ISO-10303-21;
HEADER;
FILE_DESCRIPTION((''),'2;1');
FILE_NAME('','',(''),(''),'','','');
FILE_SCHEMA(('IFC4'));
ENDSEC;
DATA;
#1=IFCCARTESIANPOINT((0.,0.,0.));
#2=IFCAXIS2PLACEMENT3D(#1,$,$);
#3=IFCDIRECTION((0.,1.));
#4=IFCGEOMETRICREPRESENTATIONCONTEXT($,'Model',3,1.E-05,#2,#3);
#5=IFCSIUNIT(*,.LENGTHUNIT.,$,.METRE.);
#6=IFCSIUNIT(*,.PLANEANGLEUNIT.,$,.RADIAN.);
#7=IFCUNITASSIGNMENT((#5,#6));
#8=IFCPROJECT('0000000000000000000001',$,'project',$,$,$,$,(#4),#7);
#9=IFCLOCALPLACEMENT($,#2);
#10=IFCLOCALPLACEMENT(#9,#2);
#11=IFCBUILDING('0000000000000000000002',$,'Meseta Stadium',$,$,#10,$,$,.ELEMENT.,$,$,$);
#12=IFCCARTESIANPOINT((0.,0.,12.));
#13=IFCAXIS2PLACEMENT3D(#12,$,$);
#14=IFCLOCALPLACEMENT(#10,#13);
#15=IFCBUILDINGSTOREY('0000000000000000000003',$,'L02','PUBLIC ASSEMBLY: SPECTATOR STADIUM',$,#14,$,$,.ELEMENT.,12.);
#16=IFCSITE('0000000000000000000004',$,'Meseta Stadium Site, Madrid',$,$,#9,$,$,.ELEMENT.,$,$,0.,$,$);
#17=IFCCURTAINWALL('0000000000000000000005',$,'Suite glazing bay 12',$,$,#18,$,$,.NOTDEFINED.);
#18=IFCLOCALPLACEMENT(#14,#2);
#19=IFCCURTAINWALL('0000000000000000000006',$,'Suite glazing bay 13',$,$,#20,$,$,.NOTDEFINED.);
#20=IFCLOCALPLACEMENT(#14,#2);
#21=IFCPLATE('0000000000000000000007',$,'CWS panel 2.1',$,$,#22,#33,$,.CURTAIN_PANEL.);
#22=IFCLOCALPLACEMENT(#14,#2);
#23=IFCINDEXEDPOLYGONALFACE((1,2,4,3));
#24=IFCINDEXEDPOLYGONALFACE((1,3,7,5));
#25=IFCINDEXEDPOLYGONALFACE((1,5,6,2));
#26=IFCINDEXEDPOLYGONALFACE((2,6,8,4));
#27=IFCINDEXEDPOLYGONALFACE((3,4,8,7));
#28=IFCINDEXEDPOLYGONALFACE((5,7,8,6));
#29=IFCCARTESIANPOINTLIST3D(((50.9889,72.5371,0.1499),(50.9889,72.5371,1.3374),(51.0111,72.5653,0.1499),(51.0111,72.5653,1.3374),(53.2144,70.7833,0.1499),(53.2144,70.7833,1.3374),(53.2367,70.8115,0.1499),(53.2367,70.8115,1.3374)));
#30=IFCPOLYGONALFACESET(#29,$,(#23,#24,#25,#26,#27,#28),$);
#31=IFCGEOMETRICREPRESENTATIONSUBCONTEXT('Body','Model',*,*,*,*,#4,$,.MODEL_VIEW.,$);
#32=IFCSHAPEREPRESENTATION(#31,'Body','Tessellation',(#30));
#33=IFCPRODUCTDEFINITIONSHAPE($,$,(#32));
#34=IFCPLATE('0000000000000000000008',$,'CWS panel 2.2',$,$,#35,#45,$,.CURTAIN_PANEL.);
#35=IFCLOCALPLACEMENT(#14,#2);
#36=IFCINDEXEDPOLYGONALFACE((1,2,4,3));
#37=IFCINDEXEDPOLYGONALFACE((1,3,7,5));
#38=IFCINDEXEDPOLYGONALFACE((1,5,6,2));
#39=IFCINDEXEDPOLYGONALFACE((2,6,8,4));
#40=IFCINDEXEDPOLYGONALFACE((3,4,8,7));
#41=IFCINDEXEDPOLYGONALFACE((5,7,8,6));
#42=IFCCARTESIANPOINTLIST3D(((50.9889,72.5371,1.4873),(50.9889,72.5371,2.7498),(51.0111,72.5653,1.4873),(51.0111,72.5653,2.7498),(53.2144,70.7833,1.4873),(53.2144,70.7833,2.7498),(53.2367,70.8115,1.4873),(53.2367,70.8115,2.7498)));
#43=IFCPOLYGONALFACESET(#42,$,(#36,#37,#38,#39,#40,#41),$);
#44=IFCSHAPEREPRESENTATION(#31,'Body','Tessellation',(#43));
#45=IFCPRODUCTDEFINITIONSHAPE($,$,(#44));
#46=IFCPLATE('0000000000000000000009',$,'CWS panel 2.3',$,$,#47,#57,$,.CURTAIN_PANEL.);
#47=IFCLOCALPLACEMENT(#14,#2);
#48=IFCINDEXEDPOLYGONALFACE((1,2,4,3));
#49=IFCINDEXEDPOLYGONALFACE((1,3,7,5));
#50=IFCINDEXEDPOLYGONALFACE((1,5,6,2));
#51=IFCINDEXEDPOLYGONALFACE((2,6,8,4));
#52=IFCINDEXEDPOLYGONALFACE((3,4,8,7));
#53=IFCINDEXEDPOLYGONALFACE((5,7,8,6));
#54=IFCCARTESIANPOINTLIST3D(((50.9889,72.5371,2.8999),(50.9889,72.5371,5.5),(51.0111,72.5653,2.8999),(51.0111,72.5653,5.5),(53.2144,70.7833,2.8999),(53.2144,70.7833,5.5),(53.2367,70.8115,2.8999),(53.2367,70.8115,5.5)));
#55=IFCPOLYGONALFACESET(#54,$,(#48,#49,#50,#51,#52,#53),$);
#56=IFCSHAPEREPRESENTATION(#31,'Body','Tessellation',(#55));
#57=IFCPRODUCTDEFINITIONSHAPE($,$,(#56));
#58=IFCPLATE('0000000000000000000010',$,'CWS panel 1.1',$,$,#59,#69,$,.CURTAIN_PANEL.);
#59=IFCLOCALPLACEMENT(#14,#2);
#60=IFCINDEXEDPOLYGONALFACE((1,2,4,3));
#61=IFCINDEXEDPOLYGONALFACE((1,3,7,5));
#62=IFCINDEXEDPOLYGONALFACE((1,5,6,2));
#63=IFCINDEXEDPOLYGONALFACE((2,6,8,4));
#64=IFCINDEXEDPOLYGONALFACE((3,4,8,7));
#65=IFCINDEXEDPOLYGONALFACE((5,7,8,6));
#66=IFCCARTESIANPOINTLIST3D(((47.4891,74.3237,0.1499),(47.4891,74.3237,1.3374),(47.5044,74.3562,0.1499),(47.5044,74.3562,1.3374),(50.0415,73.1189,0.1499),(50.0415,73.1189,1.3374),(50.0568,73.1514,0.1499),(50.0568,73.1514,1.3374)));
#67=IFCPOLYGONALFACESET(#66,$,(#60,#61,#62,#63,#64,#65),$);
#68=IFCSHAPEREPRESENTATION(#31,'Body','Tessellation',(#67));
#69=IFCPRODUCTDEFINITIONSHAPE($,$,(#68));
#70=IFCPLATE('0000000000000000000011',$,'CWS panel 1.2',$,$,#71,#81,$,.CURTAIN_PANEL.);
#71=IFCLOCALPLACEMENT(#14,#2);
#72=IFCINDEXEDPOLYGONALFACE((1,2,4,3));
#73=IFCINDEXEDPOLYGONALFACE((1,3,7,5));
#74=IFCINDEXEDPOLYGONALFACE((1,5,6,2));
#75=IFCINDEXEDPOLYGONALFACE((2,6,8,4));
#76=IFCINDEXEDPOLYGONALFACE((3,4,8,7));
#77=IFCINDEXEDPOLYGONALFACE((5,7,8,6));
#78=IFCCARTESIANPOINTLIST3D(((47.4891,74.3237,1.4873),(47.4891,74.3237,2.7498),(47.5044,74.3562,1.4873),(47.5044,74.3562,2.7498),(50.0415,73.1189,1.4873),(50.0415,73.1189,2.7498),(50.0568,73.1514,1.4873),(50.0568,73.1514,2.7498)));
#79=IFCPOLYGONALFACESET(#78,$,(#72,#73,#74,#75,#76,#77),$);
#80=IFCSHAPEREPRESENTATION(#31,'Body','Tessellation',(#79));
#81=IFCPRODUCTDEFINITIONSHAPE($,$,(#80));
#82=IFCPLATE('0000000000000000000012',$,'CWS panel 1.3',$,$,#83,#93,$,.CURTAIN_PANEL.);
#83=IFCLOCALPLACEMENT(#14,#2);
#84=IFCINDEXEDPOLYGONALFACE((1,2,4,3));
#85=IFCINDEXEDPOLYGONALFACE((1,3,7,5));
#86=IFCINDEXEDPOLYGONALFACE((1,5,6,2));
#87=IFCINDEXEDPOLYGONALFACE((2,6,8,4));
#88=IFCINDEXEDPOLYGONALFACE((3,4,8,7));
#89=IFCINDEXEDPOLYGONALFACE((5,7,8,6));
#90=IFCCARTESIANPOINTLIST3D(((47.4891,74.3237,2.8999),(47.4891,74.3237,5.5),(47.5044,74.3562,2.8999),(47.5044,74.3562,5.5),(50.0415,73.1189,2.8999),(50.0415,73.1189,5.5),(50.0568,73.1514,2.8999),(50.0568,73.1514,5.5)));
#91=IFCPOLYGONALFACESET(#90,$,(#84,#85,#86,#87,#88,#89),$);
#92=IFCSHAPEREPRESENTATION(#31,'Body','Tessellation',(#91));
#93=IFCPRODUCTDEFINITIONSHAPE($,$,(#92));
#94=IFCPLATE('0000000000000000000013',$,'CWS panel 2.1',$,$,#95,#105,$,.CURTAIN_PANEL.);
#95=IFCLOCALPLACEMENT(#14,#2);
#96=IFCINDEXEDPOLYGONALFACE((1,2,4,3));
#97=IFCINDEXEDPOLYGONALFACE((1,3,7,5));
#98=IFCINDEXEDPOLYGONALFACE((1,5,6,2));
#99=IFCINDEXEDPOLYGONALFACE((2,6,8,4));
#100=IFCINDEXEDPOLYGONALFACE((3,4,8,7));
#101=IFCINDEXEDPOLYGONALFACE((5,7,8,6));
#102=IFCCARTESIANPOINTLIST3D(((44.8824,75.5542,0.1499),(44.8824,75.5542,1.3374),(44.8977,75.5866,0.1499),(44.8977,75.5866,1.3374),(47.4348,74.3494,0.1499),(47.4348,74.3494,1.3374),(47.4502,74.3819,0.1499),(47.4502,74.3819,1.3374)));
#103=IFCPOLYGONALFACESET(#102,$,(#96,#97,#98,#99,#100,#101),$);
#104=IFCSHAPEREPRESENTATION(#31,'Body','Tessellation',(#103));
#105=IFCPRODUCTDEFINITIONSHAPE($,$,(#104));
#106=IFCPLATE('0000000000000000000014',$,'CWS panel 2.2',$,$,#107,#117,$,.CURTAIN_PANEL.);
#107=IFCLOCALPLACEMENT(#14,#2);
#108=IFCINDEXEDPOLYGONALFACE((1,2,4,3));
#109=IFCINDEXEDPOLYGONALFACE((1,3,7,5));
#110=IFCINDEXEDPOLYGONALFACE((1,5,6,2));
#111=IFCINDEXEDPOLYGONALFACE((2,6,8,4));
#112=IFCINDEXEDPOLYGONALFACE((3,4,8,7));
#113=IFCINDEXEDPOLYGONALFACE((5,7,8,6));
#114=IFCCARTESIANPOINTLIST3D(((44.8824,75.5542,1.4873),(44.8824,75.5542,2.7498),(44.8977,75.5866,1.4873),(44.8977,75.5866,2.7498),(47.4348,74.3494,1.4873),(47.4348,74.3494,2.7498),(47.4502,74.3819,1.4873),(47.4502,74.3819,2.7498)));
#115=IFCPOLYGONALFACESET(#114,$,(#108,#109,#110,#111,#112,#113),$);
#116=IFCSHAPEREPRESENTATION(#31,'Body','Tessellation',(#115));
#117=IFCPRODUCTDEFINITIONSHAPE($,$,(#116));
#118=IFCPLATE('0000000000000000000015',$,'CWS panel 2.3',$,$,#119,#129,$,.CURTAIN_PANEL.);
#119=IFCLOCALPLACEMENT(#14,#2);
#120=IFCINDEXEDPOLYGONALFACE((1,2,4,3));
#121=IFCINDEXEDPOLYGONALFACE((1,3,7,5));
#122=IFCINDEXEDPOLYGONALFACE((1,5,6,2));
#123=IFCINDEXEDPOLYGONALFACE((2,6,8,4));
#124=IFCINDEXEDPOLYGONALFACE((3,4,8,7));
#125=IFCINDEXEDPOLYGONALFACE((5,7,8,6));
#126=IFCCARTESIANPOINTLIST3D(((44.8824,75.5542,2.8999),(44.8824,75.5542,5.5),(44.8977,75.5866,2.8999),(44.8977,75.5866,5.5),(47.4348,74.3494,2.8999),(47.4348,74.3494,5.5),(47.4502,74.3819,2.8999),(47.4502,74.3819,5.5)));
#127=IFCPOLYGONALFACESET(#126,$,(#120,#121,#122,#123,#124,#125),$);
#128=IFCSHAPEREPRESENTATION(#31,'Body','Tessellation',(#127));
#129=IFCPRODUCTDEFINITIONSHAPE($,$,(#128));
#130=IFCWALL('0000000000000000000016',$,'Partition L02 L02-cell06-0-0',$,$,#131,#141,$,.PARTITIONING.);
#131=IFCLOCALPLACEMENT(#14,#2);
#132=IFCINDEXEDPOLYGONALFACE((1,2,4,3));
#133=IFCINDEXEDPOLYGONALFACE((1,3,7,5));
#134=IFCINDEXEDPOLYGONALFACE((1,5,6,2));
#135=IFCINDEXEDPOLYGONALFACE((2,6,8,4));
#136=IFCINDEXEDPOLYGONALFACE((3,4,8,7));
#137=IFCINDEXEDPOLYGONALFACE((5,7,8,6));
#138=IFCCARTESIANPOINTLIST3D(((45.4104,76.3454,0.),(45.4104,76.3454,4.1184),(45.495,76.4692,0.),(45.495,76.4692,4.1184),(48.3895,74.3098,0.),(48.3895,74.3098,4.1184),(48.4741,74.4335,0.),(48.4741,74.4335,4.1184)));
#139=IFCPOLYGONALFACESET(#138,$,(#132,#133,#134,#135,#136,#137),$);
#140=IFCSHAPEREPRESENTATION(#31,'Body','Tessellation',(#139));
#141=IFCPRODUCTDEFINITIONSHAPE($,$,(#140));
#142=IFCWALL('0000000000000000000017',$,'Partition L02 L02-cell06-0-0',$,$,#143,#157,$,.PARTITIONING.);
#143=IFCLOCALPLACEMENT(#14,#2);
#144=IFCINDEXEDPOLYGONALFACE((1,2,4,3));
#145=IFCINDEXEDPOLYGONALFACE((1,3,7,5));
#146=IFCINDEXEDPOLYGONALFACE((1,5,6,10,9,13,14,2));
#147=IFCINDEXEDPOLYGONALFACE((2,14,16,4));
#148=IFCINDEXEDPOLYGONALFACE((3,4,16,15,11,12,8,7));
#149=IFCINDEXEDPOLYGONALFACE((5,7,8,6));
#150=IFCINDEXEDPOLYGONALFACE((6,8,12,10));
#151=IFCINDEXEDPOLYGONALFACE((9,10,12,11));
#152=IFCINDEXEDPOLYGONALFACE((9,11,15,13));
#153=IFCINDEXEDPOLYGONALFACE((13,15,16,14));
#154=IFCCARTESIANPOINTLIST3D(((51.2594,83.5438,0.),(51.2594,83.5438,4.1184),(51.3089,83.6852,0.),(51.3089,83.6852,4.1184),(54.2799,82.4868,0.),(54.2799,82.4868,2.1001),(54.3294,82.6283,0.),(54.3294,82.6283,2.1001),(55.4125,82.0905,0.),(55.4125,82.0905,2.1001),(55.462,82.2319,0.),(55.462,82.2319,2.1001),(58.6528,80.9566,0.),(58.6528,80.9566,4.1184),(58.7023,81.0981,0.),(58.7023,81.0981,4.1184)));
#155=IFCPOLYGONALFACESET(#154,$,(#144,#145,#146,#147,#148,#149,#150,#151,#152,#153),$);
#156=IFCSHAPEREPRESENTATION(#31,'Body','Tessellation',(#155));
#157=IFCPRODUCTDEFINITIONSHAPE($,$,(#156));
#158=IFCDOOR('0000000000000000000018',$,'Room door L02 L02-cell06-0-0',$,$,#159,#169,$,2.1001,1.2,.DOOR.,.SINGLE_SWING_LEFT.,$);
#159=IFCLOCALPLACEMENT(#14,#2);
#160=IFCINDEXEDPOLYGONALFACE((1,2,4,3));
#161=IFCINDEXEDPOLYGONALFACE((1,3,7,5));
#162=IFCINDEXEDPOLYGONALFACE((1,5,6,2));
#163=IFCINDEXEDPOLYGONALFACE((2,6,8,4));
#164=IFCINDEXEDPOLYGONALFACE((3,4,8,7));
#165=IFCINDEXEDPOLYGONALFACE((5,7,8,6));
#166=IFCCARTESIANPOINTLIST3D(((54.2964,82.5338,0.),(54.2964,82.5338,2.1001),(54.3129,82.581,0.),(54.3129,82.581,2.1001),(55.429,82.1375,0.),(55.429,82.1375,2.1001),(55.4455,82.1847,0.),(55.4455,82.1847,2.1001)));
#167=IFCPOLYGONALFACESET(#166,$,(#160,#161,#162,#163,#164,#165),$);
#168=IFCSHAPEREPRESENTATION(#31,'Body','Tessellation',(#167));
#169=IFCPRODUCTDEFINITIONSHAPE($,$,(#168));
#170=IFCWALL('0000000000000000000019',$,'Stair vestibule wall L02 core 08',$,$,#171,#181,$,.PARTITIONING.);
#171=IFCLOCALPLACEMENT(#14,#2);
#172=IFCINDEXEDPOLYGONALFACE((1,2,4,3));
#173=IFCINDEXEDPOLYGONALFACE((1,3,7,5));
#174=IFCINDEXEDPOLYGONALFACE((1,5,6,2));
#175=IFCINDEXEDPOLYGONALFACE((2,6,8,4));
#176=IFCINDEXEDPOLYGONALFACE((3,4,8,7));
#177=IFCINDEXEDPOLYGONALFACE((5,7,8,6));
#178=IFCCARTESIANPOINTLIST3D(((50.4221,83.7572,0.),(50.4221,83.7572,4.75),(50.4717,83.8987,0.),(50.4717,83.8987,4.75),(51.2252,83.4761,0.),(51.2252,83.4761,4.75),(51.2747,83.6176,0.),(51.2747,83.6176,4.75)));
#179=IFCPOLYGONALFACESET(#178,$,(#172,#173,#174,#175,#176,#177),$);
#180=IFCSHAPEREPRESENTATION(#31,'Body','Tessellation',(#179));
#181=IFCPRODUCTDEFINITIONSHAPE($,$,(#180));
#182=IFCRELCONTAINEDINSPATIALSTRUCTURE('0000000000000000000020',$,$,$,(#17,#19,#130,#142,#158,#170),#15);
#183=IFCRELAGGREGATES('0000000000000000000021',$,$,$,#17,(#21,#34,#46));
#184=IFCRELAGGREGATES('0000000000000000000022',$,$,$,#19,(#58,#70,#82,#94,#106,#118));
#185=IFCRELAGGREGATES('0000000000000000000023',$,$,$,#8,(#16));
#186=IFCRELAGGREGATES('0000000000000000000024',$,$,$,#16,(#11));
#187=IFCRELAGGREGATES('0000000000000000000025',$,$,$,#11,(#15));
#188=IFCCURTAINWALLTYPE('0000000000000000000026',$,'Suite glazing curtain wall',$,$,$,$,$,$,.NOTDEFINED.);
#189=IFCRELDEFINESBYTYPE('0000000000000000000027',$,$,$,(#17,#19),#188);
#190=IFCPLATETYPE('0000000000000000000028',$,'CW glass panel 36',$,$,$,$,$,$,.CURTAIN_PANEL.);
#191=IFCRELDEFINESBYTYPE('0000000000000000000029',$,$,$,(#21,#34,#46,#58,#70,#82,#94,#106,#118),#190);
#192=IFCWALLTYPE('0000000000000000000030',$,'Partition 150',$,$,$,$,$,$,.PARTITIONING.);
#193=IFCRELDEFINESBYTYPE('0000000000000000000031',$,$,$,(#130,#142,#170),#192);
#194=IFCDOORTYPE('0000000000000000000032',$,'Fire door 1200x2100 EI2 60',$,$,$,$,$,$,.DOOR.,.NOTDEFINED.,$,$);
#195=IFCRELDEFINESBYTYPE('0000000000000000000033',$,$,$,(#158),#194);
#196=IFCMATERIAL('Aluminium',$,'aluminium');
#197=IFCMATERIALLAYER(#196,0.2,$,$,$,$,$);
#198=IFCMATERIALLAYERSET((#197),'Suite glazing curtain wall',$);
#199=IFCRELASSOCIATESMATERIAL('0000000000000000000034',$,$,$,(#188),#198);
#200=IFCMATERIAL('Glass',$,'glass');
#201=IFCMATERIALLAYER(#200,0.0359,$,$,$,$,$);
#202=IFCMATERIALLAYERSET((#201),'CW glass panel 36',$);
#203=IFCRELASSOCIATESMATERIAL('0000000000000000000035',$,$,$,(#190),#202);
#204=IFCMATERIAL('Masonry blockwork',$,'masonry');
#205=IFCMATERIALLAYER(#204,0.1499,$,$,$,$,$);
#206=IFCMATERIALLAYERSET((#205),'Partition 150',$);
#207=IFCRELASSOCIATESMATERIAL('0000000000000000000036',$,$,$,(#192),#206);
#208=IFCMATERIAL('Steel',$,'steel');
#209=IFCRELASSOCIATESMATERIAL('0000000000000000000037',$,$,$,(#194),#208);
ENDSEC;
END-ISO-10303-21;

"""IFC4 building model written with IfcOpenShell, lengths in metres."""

from ifc_helpers import new_model, si_unit, direction, frame, frame_2d, origin, origin_2d, place, context, subcontext, project, spatial, rectangle, extrude, material, layer, layer_set, type_object, element, fill, aggregate, save


model = new_model("IFC4")

# Units and contexts
model_context = context("Model", 3, precision=1e-05, world=origin(), true_north=direction((0.0, 1.0)))
body_context = subcontext(model_context, "Body", "Model", "MODEL_VIEW")
ifc_project = project(units=[si_unit("LENGTHUNIT", "METRE"), si_unit("PLANEANGLEUNIT", "RADIAN")], contexts=[model_context])

# Site, building, storey
site_placement = place(None, origin())
site = spatial("IfcSite", under=ifc_project, at=site_placement, Name="Meseta Stadium Site, Madrid", CompositionType="ELEMENT", RefElevation=0.0)
building_placement = place(site_placement, origin())
building = spatial("IfcBuilding", under=site, at=building_placement, Name="Meseta Stadium", CompositionType="ELEMENT")
storey_placement = place(building_placement, frame((0.0, 0.0, 12.0)))
storey = spatial("IfcBuildingStorey", under=building, at=storey_placement, Name="L02", Description="PUBLIC ASSEMBLY: SPECTATOR STADIUM", CompositionType="ELEMENT", Elevation=12.0)

# Curtain wall
ifc_material_1 = material(Name="Aluminium", Category="aluminium")
ifc_layer_1 = layer(ifc_material_1, 0.2)
ifc_layer_set_1 = layer_set([ifc_layer_1], Name="Suite glazing curtain wall")
curtain_wall_type = type_object("IfcCurtainWallType", Name="Suite glazing curtain wall", PredefinedType="NOTDEFINED", material=ifc_layer_set_1)
curtain_wall_1_placement = place(storey_placement, origin())
curtain_wall_1 = element("IfcCurtainWall", 1, at=curtain_wall_1_placement, inside=storey, type_object=curtain_wall_type, Name="Suite glazing bay 12", PredefinedType="NOTDEFINED")

# Curtain wall
curtain_wall_2_placement = place(storey_placement, origin())
curtain_wall_2 = element("IfcCurtainWall", 2, at=curtain_wall_2_placement, inside=storey, type_object=curtain_wall_type, Name="Suite glazing bay 13", PredefinedType="NOTDEFINED")

# Plates
ifc_material_2 = material(Name="Glass", Category="glass")
ifc_layer_2 = layer(ifc_material_2, 0.0359)
ifc_layer_set_2 = layer_set([ifc_layer_2], Name="CW glass panel 36")
plate_type = type_object("IfcPlateType", Name="CW glass panel 36", PredefinedType="CURTAIN_PANEL", material=ifc_layer_set_2)
plate_1_placement = place(storey_placement, frame((52.1128, 71.6743, 0.1499), z_axis=(0.0, 0.0, 1.0), x_axis=(-0.785435, 0.618944, 0.0)))
plate_1 = element("IfcPlate", 3, at=plate_1_placement, type_object=plate_type, Name="CWS panel 2.1", PredefinedType="CURTAIN_PANEL", context=body_context, shape_type="SweptSolid", body=[
    extrude(rectangle(XDim=2.8335, YDim=0.0359, at=origin_2d()), origin(), (0.0, 0.0, 1.0), 1.1875),
])
plate_2_placement = place(storey_placement, frame((52.1128, 71.6743, 1.4873), z_axis=(0.0, 0.0, 1.0), x_axis=(-0.785435, 0.618944, 0.0)))
plate_2 = element("IfcPlate", 4, at=plate_2_placement, type_object=plate_type, Name="CWS panel 2.2", PredefinedType="CURTAIN_PANEL", context=body_context, shape_type="SweptSolid", body=[
    extrude(rectangle(XDim=2.8335, YDim=0.0359, at=origin_2d()), origin(), (0.0, 0.0, 1.0), 1.2625),
])
plate_3_placement = place(storey_placement, frame((52.1128, 71.6743, 2.8999), z_axis=(0.0, 0.0, 1.0), x_axis=(-0.785435, 0.618944, 0.0)))
plate_3 = element("IfcPlate", 5, at=plate_3_placement, type_object=plate_type, Name="CWS panel 2.3", PredefinedType="CURTAIN_PANEL", context=body_context, shape_type="SweptSolid", body=[
    extrude(rectangle(XDim=2.8335, YDim=0.0359, at=origin_2d()), origin(), (0.0, 0.0, 1.0), 2.6001),
])
aggregate(curtain_wall_1, [plate_1, plate_2, plate_3])
plate_4_placement = place(storey_placement, frame((48.7729, 73.7375, 0.1499), z_axis=(0.0, 0.0, 1.0), x_axis=(-0.904328, 0.426837, 0.0)))
plate_4 = element("IfcPlate", 6, at=plate_4_placement, type_object=plate_type, Name="CWS panel 1.1", PredefinedType="CURTAIN_PANEL", context=body_context, shape_type="SweptSolid", body=[
    extrude(rectangle(XDim=2.8225, YDim=0.0359, at=origin_2d()), origin(), (0.0, 0.0, 1.0), 1.1875),
])
plate_5_placement = place(storey_placement, frame((48.7729, 73.7375, 1.4873), z_axis=(0.0, 0.0, 1.0), x_axis=(-0.904328, 0.426837, 0.0)))
plate_5 = element("IfcPlate", 7, at=plate_5_placement, type_object=plate_type, Name="CWS panel 1.2", PredefinedType="CURTAIN_PANEL", context=body_context, shape_type="SweptSolid", body=[
    extrude(rectangle(XDim=2.8225, YDim=0.0359, at=origin_2d()), origin(), (0.0, 0.0, 1.0), 1.2625),
])
plate_6_placement = place(storey_placement, frame((48.7729, 73.7375, 2.8999), z_axis=(0.0, 0.0, 1.0), x_axis=(-0.904328, 0.426837, 0.0)))
plate_6 = element("IfcPlate", 8, at=plate_6_placement, type_object=plate_type, Name="CWS panel 1.3", PredefinedType="CURTAIN_PANEL", context=body_context, shape_type="SweptSolid", body=[
    extrude(rectangle(XDim=2.8225, YDim=0.0359, at=origin_2d()), origin(), (0.0, 0.0, 1.0), 2.6001),
])
plate_7_placement = place(storey_placement, frame((46.1663, 74.968, 0.1499), z_axis=(0.0, 0.0, 1.0), x_axis=(-0.904328, 0.426837, 0.0)))
plate_7 = element("IfcPlate", 9, at=plate_7_placement, type_object=plate_type, Name="CWS panel 2.1", PredefinedType="CURTAIN_PANEL", context=body_context, shape_type="SweptSolid", body=[
    extrude(rectangle(XDim=2.8225, YDim=0.0359, at=origin_2d()), origin(), (0.0, 0.0, 1.0), 1.1875),
])
plate_8_placement = place(storey_placement, frame((46.1663, 74.968, 1.4873), z_axis=(0.0, 0.0, 1.0), x_axis=(-0.904328, 0.426837, 0.0)))
plate_8 = element("IfcPlate", 10, at=plate_8_placement, type_object=plate_type, Name="CWS panel 2.2", PredefinedType="CURTAIN_PANEL", context=body_context, shape_type="SweptSolid", body=[
    extrude(rectangle(XDim=2.8225, YDim=0.0359, at=origin_2d()), origin(), (0.0, 0.0, 1.0), 1.2625),
])
plate_9_placement = place(storey_placement, frame((46.1663, 74.968, 2.8999), z_axis=(0.0, 0.0, 1.0), x_axis=(-0.904328, 0.426837, 0.0)))
plate_9 = element("IfcPlate", 11, at=plate_9_placement, type_object=plate_type, Name="CWS panel 2.3", PredefinedType="CURTAIN_PANEL", context=body_context, shape_type="SweptSolid", body=[
    extrude(rectangle(XDim=2.8225, YDim=0.0359, at=origin_2d()), origin(), (0.0, 0.0, 1.0), 2.6001),
])
aggregate(curtain_wall_2, [plate_4, plate_5, plate_6, plate_7, plate_8, plate_9])

# Wall
ifc_material_3 = material(Name="Masonry blockwork", Category="masonry")
ifc_layer_3 = layer(ifc_material_3, 0.1499)
ifc_layer_set_3 = layer_set([ifc_layer_3], Name="Partition 150")
wall_type = type_object("IfcWallType", Name="Partition 150", PredefinedType="PARTITIONING", material=ifc_layer_set_3)
wall_1_placement = place(storey_placement, frame((48.4319, 74.3716, 0.0), z_axis=(0.0, 0.0, 1.0), x_axis=(-0.825646, 0.564189, 0.0)))
element("IfcWall", 12, at=wall_1_placement, inside=storey, type_object=wall_type, Name="Partition L02 L02-cell06-0-0", PredefinedType="PARTITIONING", context=body_context, shape_type="SweptSolid", body=[
    extrude(rectangle(XDim=3.6082, YDim=0.1499, at=frame_2d((1.8042, 0.0))), origin(), (0.0, 0.0, 1.0), 4.1184),
])

# Wall, opening, door
wall_2_placement = place(storey_placement, frame((51.2842, 83.6145, 0.0), z_axis=(0.0, 0.0, 1.0), x_axis=(0.943878, -0.330294, 0.0)))
wall_2 = element("IfcWall", 13, at=wall_2_placement, inside=storey, type_object=wall_type, Name="Partition L02 L02-cell06-0-0", PredefinedType="PARTITIONING", context=body_context, shape_type="SweptSolid", body=[
    extrude(rectangle(XDim=7.833, YDim=0.1499, at=frame_2d((3.9165, 0.0))), origin(), (0.0, 0.0, 1.0), 4.1184),
])
opening_placement = place(wall_2_placement, frame((3.2, 0.0, 0.0)))
opening = element("IfcOpeningElement", 14, at=opening_placement, cuts=wall_2, PredefinedType="OPENING", context=body_context, shape_type="SweptSolid", body=[
    extrude(rectangle(XDim=1.2, YDim=2.1001, at=frame_2d((0.6001, 1.05))), frame((0.0, 0.085, 0.0), z_axis=(0.0, -1.0, 0.0), x_axis=(1.0, 0.0, 0.0)), (0.0, 0.0, 1.0), 0.1699),
])
ifc_material_4 = material(Name="Steel", Category="steel")
door_type = type_object("IfcDoorType", Name="Fire door 1200x2100 EI2 60", OperationType="NOTDEFINED", PredefinedType="DOOR", material=ifc_material_4)
door_placement = place(opening_placement, origin())
door = element("IfcDoor", 15, at=door_placement, inside=storey, type_object=door_type, Name="Room door L02 L02-cell06-0-0", OperationType="SINGLE_SWING_LEFT", OverallHeight=2.1001, OverallWidth=1.2, PredefinedType="DOOR", context=body_context, shape_type="SweptSolid", body=[
    extrude(rectangle(XDim=1.2, YDim=2.1001, at=frame_2d((0.6001, 1.05))), frame((0.0, 0.0249, 0.0), z_axis=(0.0, -1.0, 0.0), x_axis=(1.0, 0.0, 0.0)), (0.0, 0.0, 1.0), 0.05),
])
fill(opening, door)

# Wall
wall_3_placement = place(storey_placement, frame((50.447, 83.8279, 0.0), z_axis=(0.0, 0.0, 1.0), x_axis=(0.943872, -0.330312, 0.0)))
element("IfcWall", 16, at=wall_3_placement, inside=storey, type_object=wall_type, Name="Stair vestibule wall L02 core 08", PredefinedType="PARTITIONING", context=body_context, shape_type="SweptSolid", body=[
    extrude(rectangle(XDim=0.8508, YDim=0.1499, at=frame_2d((0.4253, 0.0))), origin(), (0.0, 0.0, 1.0), 4.75),
])

save(model, "model.ifc")
